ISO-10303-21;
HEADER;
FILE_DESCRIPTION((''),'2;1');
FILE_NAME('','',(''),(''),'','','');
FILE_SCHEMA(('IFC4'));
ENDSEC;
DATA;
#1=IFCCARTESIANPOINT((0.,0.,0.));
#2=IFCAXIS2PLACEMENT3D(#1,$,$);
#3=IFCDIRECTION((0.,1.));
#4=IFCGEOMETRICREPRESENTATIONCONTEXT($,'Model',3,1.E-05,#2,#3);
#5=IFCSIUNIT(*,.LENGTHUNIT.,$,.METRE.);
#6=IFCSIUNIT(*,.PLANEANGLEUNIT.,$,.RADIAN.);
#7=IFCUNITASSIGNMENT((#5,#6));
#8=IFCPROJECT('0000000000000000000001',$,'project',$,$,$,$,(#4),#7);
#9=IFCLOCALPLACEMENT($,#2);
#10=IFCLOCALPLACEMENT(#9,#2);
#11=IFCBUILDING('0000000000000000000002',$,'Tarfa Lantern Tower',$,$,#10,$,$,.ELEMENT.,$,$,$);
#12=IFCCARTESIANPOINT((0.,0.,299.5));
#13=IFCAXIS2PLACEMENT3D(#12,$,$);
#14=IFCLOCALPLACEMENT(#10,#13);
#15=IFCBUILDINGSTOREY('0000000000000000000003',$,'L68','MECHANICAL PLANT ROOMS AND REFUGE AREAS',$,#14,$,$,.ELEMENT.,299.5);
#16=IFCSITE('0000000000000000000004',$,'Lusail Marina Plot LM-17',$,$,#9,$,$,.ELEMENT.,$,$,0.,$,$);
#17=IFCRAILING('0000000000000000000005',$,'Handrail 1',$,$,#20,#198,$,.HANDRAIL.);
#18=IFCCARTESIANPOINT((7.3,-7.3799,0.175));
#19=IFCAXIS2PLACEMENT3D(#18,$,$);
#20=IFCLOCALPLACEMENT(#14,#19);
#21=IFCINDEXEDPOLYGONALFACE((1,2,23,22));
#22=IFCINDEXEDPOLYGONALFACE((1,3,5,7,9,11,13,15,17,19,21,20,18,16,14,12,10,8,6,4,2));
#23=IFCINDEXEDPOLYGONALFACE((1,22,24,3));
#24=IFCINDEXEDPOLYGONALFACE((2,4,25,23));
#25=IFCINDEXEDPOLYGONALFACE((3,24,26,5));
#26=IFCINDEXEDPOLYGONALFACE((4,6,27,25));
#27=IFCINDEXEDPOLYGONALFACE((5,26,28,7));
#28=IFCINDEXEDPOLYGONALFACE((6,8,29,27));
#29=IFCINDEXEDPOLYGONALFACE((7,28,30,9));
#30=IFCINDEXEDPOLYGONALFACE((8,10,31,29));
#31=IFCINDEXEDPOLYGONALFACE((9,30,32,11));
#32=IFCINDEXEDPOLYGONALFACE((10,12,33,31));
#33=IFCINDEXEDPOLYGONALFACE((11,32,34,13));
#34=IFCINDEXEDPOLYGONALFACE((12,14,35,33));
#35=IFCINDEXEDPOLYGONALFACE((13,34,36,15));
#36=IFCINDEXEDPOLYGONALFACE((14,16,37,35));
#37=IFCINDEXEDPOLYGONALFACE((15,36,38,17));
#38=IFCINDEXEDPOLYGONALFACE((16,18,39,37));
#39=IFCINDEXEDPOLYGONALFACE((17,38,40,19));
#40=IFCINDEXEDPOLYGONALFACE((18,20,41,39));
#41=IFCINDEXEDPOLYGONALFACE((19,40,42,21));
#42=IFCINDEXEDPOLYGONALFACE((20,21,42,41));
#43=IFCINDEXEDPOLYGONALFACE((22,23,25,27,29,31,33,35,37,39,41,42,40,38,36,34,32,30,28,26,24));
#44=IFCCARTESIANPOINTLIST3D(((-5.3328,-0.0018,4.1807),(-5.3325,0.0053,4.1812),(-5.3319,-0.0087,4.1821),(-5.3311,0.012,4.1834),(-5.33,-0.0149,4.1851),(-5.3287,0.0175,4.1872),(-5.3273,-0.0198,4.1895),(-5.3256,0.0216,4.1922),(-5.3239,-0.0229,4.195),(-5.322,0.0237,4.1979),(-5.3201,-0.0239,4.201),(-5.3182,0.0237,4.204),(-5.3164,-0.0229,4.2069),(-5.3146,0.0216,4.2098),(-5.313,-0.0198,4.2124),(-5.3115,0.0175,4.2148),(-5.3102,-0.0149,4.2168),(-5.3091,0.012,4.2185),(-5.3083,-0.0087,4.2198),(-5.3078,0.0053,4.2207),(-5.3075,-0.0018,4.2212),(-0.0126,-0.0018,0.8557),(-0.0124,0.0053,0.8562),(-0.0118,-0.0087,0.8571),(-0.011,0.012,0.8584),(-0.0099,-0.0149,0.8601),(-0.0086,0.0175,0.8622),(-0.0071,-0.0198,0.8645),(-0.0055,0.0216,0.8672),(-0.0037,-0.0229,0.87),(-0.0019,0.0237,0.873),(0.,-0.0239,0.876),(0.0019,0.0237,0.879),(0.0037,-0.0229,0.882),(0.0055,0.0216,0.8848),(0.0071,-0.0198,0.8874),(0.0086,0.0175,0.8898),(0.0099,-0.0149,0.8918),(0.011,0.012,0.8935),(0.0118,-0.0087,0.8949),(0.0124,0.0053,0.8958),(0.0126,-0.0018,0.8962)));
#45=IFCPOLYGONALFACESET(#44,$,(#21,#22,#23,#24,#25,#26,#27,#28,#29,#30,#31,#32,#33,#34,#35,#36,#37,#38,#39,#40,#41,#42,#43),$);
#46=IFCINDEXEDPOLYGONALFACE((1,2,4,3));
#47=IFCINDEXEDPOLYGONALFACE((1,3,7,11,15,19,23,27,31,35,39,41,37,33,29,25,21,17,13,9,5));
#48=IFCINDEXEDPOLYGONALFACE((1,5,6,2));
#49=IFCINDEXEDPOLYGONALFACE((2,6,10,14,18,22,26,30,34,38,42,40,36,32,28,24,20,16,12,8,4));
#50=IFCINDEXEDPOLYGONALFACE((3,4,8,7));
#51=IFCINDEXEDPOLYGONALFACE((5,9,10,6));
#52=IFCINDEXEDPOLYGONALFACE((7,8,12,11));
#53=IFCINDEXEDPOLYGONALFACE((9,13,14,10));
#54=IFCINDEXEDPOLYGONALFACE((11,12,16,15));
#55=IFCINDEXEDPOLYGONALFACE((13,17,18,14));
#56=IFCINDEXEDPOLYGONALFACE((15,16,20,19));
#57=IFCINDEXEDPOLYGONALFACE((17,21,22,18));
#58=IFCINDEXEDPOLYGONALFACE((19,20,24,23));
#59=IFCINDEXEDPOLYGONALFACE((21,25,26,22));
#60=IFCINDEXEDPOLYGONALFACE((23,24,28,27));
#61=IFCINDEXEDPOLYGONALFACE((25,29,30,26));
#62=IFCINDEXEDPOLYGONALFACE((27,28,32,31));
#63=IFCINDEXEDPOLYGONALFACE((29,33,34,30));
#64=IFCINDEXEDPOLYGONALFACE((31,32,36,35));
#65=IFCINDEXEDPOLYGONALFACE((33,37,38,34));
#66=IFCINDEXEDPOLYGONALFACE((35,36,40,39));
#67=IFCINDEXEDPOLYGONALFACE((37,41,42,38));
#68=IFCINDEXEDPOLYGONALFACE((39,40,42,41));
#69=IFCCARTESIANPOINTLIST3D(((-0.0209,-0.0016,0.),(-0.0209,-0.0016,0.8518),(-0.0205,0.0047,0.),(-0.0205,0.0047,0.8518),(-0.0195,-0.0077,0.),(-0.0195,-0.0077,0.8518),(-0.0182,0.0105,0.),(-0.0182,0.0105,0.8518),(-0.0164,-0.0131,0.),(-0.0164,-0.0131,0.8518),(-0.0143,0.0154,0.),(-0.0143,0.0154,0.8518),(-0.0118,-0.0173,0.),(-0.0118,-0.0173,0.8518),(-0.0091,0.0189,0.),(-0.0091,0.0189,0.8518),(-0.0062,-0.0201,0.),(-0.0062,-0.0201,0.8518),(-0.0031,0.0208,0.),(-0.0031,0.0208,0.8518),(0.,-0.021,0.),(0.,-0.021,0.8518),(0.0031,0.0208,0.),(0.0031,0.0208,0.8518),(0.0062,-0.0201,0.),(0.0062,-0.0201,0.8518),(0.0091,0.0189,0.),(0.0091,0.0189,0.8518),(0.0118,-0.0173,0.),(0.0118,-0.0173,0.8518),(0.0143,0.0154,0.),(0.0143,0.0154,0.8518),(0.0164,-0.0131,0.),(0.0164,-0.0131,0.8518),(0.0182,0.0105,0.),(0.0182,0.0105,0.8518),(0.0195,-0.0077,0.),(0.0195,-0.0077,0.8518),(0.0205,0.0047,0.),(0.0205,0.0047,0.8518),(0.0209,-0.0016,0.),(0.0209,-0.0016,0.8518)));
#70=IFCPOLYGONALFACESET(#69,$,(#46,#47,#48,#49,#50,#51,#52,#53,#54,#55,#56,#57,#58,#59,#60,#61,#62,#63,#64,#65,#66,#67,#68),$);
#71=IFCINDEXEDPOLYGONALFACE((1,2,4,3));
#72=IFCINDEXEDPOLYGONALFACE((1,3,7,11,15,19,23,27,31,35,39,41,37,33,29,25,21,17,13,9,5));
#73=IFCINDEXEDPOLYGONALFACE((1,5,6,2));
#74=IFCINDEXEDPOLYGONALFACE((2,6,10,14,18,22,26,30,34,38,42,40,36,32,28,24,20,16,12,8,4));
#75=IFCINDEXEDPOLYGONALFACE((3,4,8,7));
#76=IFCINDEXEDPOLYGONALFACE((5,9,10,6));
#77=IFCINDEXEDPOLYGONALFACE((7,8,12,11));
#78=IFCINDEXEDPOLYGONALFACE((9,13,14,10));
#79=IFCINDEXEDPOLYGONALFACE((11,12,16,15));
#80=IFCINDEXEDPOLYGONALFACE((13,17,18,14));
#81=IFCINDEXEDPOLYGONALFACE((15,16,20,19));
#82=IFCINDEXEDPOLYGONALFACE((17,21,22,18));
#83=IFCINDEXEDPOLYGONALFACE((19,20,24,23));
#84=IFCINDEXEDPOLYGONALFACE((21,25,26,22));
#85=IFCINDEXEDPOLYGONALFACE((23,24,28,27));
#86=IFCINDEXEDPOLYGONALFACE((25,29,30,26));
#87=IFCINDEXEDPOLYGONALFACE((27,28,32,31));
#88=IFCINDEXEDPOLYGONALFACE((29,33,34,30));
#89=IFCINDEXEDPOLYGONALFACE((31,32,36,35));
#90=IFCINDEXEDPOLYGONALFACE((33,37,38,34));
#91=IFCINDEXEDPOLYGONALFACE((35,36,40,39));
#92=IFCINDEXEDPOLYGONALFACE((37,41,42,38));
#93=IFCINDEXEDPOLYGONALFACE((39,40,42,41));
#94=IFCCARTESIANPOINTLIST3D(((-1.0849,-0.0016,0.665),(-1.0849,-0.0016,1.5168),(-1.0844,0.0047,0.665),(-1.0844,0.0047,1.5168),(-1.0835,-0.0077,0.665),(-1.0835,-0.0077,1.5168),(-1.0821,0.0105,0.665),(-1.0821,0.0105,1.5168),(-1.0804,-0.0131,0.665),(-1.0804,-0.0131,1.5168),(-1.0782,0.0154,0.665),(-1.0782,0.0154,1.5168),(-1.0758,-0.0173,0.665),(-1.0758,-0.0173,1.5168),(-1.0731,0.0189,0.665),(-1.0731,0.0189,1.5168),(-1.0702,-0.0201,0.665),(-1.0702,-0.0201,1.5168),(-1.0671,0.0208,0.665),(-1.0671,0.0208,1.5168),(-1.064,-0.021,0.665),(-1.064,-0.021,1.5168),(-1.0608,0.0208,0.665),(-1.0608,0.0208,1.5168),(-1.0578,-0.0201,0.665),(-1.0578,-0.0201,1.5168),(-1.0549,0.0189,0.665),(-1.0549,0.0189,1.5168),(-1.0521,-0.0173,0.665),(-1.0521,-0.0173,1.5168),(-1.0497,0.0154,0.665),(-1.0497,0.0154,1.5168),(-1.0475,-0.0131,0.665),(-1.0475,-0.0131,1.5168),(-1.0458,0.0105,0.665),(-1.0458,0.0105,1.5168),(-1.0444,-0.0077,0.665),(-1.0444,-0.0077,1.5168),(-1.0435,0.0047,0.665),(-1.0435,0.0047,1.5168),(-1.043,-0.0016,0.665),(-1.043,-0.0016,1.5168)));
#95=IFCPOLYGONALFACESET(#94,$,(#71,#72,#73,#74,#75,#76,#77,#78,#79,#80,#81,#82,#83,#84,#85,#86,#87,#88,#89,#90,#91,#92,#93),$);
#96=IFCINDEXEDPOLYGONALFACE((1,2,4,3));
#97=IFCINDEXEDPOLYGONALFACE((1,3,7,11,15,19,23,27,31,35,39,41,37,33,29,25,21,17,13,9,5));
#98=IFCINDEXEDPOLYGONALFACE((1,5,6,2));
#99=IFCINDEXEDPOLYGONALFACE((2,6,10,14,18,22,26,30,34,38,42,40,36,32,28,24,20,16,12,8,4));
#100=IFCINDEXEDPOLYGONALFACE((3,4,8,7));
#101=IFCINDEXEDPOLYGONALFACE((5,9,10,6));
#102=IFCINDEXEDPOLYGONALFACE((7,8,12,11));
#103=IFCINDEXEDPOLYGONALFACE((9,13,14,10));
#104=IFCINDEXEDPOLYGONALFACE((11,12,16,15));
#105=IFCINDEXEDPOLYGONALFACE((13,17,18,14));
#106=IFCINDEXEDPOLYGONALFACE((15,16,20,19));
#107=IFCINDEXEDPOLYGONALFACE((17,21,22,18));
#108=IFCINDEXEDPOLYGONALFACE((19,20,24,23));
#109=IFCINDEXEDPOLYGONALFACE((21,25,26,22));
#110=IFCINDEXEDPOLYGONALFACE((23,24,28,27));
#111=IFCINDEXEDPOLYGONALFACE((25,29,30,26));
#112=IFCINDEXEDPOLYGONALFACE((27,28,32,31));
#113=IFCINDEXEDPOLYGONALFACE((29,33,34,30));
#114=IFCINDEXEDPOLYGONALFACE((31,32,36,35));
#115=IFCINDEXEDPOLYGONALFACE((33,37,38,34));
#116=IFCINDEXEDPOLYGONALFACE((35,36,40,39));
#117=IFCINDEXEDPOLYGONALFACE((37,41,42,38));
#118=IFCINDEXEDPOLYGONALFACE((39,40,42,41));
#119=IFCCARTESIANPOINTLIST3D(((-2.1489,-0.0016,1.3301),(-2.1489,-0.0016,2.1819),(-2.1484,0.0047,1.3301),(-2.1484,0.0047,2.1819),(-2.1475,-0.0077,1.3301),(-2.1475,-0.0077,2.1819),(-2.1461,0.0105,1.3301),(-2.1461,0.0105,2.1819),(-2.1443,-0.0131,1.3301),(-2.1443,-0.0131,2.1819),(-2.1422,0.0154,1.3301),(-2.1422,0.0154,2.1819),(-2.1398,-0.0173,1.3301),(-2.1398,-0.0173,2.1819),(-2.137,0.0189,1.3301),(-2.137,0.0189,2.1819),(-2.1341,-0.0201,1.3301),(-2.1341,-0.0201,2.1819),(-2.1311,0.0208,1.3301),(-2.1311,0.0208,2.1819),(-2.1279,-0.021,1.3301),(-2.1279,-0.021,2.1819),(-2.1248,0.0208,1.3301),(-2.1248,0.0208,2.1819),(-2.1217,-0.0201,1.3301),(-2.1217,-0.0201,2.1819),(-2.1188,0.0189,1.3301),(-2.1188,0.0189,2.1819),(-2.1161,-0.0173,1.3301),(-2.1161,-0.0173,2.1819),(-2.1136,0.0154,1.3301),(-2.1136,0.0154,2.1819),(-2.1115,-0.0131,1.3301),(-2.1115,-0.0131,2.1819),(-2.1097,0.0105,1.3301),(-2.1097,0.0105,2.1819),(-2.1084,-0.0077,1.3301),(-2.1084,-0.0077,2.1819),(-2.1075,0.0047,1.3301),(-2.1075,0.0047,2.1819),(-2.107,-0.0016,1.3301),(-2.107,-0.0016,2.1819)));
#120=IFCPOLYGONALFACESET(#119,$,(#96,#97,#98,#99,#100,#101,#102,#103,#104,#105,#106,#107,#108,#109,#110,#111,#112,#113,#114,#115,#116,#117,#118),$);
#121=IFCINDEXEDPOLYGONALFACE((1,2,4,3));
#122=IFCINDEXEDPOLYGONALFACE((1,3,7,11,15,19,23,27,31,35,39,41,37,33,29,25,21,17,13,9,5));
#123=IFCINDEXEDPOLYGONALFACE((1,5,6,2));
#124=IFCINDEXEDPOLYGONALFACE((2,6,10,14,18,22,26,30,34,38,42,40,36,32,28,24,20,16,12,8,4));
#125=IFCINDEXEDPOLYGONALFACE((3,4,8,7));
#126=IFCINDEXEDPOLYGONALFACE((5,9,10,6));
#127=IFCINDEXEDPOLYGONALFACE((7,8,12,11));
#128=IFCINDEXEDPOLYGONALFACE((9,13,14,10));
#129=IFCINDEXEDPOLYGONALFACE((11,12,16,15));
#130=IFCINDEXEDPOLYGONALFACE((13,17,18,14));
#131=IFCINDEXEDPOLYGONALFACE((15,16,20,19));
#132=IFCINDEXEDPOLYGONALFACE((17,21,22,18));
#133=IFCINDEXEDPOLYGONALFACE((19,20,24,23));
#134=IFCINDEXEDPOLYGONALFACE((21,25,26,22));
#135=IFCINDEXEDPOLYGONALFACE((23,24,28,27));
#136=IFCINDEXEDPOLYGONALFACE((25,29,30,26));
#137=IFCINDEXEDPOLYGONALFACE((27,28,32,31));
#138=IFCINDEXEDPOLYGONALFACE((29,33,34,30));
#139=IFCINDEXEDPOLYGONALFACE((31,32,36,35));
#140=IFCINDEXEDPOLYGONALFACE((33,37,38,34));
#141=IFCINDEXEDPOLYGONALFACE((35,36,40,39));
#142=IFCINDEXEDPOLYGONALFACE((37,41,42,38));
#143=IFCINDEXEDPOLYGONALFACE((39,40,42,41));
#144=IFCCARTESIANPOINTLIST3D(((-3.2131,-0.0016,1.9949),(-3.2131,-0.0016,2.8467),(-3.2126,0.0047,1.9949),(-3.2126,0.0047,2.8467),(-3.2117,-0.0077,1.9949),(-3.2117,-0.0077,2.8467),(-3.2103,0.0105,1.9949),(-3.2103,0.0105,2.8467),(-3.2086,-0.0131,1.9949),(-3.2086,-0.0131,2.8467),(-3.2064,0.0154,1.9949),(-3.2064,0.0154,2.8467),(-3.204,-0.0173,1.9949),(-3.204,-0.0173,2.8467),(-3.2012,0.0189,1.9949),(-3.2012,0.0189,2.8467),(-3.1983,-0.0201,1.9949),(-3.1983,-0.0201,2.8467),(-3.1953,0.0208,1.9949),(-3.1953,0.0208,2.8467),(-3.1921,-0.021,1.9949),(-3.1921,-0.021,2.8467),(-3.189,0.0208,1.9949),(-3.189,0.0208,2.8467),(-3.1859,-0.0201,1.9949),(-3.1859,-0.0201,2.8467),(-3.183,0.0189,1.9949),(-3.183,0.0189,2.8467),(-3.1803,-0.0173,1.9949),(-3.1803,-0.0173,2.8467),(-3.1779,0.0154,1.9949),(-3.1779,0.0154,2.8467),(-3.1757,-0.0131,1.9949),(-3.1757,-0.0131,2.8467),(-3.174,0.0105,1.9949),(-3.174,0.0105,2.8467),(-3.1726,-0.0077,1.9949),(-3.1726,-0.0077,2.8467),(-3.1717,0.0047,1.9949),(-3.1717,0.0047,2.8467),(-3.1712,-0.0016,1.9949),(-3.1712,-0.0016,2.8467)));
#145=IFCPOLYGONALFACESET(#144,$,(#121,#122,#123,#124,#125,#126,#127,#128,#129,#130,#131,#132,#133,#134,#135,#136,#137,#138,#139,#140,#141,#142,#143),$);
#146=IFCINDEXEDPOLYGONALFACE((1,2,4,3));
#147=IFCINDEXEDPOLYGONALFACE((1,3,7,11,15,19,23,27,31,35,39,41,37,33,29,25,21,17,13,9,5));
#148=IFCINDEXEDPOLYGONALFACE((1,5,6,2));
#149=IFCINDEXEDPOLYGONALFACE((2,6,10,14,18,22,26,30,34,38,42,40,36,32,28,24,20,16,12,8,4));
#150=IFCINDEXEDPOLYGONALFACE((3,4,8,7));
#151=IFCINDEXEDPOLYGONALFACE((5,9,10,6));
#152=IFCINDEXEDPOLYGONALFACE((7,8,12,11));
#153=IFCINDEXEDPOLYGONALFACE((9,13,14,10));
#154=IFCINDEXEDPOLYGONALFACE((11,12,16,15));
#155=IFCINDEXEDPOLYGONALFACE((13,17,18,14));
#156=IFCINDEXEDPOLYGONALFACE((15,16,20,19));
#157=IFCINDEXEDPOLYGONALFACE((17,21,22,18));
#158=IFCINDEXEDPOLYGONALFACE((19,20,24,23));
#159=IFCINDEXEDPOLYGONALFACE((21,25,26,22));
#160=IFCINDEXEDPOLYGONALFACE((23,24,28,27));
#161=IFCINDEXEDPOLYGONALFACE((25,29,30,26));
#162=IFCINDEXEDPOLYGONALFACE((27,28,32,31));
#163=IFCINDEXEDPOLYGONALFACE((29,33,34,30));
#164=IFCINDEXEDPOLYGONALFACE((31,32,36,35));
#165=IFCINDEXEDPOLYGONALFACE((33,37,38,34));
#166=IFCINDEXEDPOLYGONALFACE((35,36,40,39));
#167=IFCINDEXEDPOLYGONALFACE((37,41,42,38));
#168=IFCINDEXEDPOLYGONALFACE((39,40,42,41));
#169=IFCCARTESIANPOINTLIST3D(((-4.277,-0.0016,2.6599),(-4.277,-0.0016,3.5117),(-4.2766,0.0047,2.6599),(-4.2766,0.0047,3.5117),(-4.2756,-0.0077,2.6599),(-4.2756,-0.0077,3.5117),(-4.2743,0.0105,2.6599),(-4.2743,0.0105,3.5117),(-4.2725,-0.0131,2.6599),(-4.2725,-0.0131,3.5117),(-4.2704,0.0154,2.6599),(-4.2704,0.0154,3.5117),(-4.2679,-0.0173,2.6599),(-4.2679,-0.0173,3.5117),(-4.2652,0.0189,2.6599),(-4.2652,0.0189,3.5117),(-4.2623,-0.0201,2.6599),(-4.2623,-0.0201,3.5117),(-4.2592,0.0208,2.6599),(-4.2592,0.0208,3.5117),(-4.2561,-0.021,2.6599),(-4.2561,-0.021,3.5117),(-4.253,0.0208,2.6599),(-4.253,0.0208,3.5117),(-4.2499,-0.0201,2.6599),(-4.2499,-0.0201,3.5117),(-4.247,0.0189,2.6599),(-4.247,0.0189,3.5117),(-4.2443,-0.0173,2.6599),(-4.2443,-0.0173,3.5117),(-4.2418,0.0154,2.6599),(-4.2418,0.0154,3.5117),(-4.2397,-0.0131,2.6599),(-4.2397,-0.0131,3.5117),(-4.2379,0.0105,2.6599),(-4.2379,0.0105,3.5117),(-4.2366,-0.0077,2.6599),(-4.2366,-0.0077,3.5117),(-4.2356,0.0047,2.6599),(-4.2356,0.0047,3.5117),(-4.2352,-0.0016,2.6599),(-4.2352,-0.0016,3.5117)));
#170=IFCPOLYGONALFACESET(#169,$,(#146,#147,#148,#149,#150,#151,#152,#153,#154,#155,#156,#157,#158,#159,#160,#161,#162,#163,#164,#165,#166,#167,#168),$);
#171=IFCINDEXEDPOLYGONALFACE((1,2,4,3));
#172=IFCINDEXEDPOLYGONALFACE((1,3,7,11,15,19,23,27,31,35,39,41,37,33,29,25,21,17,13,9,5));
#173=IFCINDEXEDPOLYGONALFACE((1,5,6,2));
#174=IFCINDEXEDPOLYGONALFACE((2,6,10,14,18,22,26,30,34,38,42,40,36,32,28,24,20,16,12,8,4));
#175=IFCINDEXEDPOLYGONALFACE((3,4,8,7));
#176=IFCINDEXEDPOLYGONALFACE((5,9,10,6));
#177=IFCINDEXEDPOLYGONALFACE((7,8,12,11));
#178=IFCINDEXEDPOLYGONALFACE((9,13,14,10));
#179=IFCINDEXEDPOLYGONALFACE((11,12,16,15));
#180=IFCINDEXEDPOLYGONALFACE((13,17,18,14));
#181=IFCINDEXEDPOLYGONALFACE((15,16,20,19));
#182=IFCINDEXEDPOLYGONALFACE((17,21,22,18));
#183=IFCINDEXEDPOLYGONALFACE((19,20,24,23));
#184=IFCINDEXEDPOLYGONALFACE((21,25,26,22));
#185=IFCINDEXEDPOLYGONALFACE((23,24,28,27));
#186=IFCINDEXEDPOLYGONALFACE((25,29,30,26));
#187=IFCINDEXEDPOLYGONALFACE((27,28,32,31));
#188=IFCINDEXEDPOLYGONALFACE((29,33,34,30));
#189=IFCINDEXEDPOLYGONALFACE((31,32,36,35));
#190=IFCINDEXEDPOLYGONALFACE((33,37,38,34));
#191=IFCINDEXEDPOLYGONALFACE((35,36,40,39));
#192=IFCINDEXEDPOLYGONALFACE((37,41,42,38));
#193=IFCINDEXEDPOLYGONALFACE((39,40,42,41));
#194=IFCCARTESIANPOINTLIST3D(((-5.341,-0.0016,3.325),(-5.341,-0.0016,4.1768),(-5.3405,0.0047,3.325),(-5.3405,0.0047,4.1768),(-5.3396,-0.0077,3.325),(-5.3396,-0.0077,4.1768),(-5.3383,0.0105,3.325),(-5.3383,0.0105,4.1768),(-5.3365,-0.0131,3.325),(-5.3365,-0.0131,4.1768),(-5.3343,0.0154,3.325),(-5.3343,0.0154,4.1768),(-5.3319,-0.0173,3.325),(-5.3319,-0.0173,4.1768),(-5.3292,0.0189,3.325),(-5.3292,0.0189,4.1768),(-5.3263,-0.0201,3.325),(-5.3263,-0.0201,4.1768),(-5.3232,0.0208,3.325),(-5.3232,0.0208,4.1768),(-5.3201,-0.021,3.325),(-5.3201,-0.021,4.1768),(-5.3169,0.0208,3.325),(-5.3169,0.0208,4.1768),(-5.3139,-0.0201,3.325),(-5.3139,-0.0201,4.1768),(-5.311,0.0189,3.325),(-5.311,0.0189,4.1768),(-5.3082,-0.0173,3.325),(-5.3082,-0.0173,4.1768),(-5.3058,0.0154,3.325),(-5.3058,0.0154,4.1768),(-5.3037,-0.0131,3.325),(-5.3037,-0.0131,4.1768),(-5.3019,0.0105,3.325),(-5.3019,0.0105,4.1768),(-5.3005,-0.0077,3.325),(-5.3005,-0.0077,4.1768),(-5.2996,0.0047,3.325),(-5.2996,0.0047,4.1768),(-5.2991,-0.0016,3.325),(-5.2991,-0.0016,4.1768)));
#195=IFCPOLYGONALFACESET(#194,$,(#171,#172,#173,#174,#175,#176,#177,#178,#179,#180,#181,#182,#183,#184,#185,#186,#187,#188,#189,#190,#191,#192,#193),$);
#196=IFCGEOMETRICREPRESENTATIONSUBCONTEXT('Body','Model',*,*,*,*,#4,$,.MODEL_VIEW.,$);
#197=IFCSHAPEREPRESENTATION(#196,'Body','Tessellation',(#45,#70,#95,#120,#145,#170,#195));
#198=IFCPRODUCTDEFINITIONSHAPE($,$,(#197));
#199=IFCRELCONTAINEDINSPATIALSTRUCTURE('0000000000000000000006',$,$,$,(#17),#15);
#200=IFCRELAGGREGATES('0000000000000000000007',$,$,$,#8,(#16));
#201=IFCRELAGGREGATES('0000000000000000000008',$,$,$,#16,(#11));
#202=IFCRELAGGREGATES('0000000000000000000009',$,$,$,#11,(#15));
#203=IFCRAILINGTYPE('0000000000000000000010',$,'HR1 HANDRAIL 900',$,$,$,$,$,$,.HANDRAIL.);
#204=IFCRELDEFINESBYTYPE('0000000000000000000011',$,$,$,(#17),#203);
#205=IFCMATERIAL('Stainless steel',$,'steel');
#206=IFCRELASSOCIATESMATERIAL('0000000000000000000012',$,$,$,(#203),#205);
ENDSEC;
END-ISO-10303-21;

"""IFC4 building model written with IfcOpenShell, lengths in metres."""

from ifc_helpers import new_model, si_unit, direction, frame, origin, origin_2d, place, context, subcontext, project, spatial, circle, extrude, material, type_object, element, save


model = new_model("IFC4")

# Units and contexts
model_context = context("Model", 3, precision=1e-05, world=origin(), true_north=direction((0.0, 1.0)))
body_context = subcontext(model_context, "Body", "Model", "MODEL_VIEW")
ifc_project = project(units=[si_unit("LENGTHUNIT", "METRE"), si_unit("PLANEANGLEUNIT", "RADIAN")], contexts=[model_context])

# Site, building, storey
site_placement = place(None, origin())
site = spatial("IfcSite", under=ifc_project, at=site_placement, Name="Lusail Marina Plot LM-17", CompositionType="ELEMENT", RefElevation=0.0)
building_placement = place(site_placement, origin())
building = spatial("IfcBuilding", under=site, at=building_placement, Name="Tarfa Lantern Tower", CompositionType="ELEMENT")
storey_placement = place(building_placement, frame((0.0, 0.0, 299.5)))
storey = spatial("IfcBuildingStorey", under=building, at=storey_placement, Name="L68", Description="MECHANICAL PLANT ROOMS AND REFUGE AREAS", CompositionType="ELEMENT", Elevation=299.5)

# Railing
ifc_material_1 = material(Name="Stainless steel", Category="steel")
railing_type = type_object("IfcRailingType", Name="HR1 HANDRAIL 900", PredefinedType="HANDRAIL", material=ifc_material_1)
railing_placement = place(storey_placement, frame((7.3, -7.3799, 0.175)))
element("IfcRailing", 1, at=railing_placement, inside=storey, type_object=railing_type, Name="Handrail 1", PredefinedType="HANDRAIL", context=body_context, shape_type="SweptSolid", body=[
    extrude(circle(Radius=0.0239, at=origin_2d()), frame((0.0, 0.0, 0.876), z_axis=(-0.848005, 0.0, 0.529988), x_axis=(0.0, -1.0, 0.0)), (0.0, 0.0, 1.0), 6.2737),
    extrude(circle(Radius=0.021, at=origin_2d()), frame((0.0, 0.0, 0.0), z_axis=(0.0, 0.0, 1.0), x_axis=(0.0, -1.0, 0.0)), (0.0, 0.0, 1.0), 0.8518),
    extrude(circle(Radius=0.021, at=origin_2d()), frame((-1.064, 0.0, 0.665), z_axis=(0.0, 0.0, 1.0), x_axis=(0.0, -1.0, 0.0)), (0.0, 0.0, 1.0), 0.8518),
    extrude(circle(Radius=0.021, at=origin_2d()), frame((-2.1279, 0.0, 1.3301), z_axis=(0.0, 0.0, 1.0), x_axis=(0.0, -1.0, 0.0)), (0.0, 0.0, 1.0), 0.8518),
    extrude(circle(Radius=0.021, at=origin_2d()), frame((-3.1921, 0.0, 1.9949), z_axis=(0.0, 0.0, 1.0), x_axis=(0.0, -1.0, 0.0)), (0.0, 0.0, 1.0), 0.8518),
    extrude(circle(Radius=0.021, at=origin_2d()), frame((-4.2561, 0.0, 2.6599), z_axis=(0.0, 0.0, 1.0), x_axis=(0.0, -1.0, 0.0)), (0.0, 0.0, 1.0), 0.8518),
    extrude(circle(Radius=0.021, at=origin_2d()), frame((-5.3201, 0.0, 3.325), z_axis=(0.0, 0.0, 1.0), x_axis=(0.0, -1.0, 0.0)), (0.0, 0.0, 1.0), 0.8518),
])

save(model, "model.ifc")
